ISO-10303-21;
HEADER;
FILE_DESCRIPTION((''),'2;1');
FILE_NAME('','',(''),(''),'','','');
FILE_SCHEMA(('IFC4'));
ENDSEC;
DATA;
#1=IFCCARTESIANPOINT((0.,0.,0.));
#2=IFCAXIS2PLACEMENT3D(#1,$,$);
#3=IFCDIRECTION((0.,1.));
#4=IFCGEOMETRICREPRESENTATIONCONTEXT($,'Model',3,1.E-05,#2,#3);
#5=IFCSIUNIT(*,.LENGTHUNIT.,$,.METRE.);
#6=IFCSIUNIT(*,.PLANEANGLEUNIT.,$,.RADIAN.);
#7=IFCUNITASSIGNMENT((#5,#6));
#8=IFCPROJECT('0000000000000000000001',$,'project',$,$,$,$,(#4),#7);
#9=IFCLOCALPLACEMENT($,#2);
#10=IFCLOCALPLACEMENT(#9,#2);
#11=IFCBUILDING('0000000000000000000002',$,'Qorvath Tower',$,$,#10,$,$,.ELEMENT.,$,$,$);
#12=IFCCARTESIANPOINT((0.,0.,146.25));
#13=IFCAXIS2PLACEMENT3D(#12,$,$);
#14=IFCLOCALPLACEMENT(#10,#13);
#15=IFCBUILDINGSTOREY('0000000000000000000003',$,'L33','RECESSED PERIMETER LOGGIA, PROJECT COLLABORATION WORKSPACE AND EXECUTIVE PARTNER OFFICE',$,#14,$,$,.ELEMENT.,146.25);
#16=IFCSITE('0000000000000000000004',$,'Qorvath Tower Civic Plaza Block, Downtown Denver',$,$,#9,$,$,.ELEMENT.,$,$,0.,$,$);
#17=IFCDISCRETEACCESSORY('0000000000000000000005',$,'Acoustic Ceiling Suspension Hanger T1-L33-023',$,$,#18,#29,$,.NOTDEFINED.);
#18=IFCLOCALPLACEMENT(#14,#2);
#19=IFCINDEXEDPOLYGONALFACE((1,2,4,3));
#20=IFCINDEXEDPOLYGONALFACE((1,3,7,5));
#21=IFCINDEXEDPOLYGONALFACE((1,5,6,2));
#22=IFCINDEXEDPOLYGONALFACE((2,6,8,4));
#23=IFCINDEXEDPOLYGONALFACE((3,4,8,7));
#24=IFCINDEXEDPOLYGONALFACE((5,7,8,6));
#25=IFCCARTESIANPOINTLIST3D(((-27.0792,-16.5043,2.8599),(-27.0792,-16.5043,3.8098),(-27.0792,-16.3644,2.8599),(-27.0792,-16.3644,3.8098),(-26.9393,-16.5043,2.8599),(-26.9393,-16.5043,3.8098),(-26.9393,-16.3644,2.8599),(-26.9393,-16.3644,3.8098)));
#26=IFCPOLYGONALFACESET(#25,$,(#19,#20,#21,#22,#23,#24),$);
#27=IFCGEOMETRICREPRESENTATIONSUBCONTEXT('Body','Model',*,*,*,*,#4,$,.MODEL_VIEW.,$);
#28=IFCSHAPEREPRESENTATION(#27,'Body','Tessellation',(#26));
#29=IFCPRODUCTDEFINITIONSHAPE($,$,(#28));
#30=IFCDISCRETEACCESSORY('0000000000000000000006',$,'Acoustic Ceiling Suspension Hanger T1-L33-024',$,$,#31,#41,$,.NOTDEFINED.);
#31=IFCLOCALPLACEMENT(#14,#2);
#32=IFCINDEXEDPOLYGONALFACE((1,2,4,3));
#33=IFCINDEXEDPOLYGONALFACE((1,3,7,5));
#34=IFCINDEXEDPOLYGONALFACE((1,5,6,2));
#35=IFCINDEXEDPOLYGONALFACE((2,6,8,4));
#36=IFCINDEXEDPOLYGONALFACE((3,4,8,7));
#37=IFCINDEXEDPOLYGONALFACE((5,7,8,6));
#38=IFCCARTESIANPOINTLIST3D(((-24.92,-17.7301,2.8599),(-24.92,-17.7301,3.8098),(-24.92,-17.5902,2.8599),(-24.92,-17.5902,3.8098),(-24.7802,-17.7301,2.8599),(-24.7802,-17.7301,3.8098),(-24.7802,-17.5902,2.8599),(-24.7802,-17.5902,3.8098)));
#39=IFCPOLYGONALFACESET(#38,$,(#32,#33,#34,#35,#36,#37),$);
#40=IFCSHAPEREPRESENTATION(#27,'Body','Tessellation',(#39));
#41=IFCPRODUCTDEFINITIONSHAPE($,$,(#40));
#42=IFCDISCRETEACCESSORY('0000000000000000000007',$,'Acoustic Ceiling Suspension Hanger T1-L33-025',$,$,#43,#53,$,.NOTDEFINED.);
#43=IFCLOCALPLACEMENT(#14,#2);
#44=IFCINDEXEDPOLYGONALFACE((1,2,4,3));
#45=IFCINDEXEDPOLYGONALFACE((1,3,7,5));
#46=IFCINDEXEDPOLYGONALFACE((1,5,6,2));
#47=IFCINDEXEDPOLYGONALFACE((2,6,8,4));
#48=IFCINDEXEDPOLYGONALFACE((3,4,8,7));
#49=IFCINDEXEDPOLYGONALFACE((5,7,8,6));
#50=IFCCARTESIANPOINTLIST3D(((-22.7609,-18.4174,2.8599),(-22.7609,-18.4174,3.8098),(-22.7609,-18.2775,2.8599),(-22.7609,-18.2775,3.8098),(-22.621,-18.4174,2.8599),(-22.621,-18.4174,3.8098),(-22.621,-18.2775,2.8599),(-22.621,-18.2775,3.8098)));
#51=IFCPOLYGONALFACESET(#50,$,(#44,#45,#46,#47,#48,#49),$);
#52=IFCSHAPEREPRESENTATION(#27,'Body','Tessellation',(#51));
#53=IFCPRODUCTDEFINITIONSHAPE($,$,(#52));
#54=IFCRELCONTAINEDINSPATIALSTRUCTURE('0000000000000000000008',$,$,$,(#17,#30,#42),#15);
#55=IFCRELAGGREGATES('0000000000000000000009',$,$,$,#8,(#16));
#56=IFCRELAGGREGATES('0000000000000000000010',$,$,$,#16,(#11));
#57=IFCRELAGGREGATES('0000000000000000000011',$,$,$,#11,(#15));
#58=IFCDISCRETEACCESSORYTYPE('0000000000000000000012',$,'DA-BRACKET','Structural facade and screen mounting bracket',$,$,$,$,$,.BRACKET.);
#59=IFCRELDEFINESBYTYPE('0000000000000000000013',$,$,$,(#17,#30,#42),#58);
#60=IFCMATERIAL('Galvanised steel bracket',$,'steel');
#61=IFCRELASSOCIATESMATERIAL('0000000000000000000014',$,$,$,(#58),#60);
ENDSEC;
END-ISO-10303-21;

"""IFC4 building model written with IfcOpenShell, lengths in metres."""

from ifc_helpers import new_model, si_unit, direction, frame, origin, origin_2d, place, context, subcontext, project, spatial, rectangle, extrude, material, type_object, element, save


model = new_model("IFC4")

# Units and contexts
model_context = context("Model", 3, precision=1e-05, world=origin(), true_north=direction((0.0, 1.0)))
body_context = subcontext(model_context, "Body", "Model", "MODEL_VIEW")
ifc_project = project(units=[si_unit("LENGTHUNIT", "METRE"), si_unit("PLANEANGLEUNIT", "RADIAN")], contexts=[model_context])

# Site, building, storey
site_placement = place(None, origin())
site = spatial("IfcSite", under=ifc_project, at=site_placement, Name="Qorvath Tower Civic Plaza Block, Downtown Denver", CompositionType="ELEMENT", RefElevation=0.0)
building_placement = place(site_placement, origin())
building = spatial("IfcBuilding", under=site, at=building_placement, Name="Qorvath Tower", CompositionType="ELEMENT")
storey_placement = place(building_placement, frame((0.0, 0.0, 146.25)))
storey = spatial("IfcBuildingStorey", under=building, at=storey_placement, Name="L33", Description="RECESSED PERIMETER LOGGIA, PROJECT COLLABORATION WORKSPACE AND EXECUTIVE PARTNER OFFICE", CompositionType="ELEMENT", Elevation=146.25)

# Discrete accessories
ifc_material_1 = material(Name="Galvanised steel bracket", Category="steel")
discrete_accessory_type = type_object("IfcDiscreteAccessoryType", Name="DA-BRACKET", Description="Structural facade and screen mounting bracket", PredefinedType="BRACKET", material=ifc_material_1)
for number, where, z_axis, x_axis, name in (
    (1, (-27.0093, -16.4343, 2.8599), (0.0, 0.0, 1.0), (1.0, 0.0, 0.0), "Acoustic Ceiling Suspension Hanger T1-L33-023"),
    (2, (-24.8501, -17.6602, 2.8599), (0.0, 0.0, 1.0), (1.0, 0.0, 0.0), "Acoustic Ceiling Suspension Hanger T1-L33-024"),
    (3, (-22.6909, -18.3474, 2.8599), (0.0, 0.0, 1.0), (1.0, 0.0, 0.0), "Acoustic Ceiling Suspension Hanger T1-L33-025"),
):
    element("IfcDiscreteAccessory", number, at=place(storey_placement, frame(where, z_axis=z_axis, x_axis=x_axis)), inside=storey, type_object=discrete_accessory_type, Name=name, PredefinedType="NOTDEFINED", context=body_context, shape_type="SweptSolid", body=[
        extrude(rectangle(XDim=0.1399, YDim=0.1399, at=origin_2d()), origin(), (0.0, 0.0, 1.0), 0.95),
    ])

save(model, "model.ifc")
